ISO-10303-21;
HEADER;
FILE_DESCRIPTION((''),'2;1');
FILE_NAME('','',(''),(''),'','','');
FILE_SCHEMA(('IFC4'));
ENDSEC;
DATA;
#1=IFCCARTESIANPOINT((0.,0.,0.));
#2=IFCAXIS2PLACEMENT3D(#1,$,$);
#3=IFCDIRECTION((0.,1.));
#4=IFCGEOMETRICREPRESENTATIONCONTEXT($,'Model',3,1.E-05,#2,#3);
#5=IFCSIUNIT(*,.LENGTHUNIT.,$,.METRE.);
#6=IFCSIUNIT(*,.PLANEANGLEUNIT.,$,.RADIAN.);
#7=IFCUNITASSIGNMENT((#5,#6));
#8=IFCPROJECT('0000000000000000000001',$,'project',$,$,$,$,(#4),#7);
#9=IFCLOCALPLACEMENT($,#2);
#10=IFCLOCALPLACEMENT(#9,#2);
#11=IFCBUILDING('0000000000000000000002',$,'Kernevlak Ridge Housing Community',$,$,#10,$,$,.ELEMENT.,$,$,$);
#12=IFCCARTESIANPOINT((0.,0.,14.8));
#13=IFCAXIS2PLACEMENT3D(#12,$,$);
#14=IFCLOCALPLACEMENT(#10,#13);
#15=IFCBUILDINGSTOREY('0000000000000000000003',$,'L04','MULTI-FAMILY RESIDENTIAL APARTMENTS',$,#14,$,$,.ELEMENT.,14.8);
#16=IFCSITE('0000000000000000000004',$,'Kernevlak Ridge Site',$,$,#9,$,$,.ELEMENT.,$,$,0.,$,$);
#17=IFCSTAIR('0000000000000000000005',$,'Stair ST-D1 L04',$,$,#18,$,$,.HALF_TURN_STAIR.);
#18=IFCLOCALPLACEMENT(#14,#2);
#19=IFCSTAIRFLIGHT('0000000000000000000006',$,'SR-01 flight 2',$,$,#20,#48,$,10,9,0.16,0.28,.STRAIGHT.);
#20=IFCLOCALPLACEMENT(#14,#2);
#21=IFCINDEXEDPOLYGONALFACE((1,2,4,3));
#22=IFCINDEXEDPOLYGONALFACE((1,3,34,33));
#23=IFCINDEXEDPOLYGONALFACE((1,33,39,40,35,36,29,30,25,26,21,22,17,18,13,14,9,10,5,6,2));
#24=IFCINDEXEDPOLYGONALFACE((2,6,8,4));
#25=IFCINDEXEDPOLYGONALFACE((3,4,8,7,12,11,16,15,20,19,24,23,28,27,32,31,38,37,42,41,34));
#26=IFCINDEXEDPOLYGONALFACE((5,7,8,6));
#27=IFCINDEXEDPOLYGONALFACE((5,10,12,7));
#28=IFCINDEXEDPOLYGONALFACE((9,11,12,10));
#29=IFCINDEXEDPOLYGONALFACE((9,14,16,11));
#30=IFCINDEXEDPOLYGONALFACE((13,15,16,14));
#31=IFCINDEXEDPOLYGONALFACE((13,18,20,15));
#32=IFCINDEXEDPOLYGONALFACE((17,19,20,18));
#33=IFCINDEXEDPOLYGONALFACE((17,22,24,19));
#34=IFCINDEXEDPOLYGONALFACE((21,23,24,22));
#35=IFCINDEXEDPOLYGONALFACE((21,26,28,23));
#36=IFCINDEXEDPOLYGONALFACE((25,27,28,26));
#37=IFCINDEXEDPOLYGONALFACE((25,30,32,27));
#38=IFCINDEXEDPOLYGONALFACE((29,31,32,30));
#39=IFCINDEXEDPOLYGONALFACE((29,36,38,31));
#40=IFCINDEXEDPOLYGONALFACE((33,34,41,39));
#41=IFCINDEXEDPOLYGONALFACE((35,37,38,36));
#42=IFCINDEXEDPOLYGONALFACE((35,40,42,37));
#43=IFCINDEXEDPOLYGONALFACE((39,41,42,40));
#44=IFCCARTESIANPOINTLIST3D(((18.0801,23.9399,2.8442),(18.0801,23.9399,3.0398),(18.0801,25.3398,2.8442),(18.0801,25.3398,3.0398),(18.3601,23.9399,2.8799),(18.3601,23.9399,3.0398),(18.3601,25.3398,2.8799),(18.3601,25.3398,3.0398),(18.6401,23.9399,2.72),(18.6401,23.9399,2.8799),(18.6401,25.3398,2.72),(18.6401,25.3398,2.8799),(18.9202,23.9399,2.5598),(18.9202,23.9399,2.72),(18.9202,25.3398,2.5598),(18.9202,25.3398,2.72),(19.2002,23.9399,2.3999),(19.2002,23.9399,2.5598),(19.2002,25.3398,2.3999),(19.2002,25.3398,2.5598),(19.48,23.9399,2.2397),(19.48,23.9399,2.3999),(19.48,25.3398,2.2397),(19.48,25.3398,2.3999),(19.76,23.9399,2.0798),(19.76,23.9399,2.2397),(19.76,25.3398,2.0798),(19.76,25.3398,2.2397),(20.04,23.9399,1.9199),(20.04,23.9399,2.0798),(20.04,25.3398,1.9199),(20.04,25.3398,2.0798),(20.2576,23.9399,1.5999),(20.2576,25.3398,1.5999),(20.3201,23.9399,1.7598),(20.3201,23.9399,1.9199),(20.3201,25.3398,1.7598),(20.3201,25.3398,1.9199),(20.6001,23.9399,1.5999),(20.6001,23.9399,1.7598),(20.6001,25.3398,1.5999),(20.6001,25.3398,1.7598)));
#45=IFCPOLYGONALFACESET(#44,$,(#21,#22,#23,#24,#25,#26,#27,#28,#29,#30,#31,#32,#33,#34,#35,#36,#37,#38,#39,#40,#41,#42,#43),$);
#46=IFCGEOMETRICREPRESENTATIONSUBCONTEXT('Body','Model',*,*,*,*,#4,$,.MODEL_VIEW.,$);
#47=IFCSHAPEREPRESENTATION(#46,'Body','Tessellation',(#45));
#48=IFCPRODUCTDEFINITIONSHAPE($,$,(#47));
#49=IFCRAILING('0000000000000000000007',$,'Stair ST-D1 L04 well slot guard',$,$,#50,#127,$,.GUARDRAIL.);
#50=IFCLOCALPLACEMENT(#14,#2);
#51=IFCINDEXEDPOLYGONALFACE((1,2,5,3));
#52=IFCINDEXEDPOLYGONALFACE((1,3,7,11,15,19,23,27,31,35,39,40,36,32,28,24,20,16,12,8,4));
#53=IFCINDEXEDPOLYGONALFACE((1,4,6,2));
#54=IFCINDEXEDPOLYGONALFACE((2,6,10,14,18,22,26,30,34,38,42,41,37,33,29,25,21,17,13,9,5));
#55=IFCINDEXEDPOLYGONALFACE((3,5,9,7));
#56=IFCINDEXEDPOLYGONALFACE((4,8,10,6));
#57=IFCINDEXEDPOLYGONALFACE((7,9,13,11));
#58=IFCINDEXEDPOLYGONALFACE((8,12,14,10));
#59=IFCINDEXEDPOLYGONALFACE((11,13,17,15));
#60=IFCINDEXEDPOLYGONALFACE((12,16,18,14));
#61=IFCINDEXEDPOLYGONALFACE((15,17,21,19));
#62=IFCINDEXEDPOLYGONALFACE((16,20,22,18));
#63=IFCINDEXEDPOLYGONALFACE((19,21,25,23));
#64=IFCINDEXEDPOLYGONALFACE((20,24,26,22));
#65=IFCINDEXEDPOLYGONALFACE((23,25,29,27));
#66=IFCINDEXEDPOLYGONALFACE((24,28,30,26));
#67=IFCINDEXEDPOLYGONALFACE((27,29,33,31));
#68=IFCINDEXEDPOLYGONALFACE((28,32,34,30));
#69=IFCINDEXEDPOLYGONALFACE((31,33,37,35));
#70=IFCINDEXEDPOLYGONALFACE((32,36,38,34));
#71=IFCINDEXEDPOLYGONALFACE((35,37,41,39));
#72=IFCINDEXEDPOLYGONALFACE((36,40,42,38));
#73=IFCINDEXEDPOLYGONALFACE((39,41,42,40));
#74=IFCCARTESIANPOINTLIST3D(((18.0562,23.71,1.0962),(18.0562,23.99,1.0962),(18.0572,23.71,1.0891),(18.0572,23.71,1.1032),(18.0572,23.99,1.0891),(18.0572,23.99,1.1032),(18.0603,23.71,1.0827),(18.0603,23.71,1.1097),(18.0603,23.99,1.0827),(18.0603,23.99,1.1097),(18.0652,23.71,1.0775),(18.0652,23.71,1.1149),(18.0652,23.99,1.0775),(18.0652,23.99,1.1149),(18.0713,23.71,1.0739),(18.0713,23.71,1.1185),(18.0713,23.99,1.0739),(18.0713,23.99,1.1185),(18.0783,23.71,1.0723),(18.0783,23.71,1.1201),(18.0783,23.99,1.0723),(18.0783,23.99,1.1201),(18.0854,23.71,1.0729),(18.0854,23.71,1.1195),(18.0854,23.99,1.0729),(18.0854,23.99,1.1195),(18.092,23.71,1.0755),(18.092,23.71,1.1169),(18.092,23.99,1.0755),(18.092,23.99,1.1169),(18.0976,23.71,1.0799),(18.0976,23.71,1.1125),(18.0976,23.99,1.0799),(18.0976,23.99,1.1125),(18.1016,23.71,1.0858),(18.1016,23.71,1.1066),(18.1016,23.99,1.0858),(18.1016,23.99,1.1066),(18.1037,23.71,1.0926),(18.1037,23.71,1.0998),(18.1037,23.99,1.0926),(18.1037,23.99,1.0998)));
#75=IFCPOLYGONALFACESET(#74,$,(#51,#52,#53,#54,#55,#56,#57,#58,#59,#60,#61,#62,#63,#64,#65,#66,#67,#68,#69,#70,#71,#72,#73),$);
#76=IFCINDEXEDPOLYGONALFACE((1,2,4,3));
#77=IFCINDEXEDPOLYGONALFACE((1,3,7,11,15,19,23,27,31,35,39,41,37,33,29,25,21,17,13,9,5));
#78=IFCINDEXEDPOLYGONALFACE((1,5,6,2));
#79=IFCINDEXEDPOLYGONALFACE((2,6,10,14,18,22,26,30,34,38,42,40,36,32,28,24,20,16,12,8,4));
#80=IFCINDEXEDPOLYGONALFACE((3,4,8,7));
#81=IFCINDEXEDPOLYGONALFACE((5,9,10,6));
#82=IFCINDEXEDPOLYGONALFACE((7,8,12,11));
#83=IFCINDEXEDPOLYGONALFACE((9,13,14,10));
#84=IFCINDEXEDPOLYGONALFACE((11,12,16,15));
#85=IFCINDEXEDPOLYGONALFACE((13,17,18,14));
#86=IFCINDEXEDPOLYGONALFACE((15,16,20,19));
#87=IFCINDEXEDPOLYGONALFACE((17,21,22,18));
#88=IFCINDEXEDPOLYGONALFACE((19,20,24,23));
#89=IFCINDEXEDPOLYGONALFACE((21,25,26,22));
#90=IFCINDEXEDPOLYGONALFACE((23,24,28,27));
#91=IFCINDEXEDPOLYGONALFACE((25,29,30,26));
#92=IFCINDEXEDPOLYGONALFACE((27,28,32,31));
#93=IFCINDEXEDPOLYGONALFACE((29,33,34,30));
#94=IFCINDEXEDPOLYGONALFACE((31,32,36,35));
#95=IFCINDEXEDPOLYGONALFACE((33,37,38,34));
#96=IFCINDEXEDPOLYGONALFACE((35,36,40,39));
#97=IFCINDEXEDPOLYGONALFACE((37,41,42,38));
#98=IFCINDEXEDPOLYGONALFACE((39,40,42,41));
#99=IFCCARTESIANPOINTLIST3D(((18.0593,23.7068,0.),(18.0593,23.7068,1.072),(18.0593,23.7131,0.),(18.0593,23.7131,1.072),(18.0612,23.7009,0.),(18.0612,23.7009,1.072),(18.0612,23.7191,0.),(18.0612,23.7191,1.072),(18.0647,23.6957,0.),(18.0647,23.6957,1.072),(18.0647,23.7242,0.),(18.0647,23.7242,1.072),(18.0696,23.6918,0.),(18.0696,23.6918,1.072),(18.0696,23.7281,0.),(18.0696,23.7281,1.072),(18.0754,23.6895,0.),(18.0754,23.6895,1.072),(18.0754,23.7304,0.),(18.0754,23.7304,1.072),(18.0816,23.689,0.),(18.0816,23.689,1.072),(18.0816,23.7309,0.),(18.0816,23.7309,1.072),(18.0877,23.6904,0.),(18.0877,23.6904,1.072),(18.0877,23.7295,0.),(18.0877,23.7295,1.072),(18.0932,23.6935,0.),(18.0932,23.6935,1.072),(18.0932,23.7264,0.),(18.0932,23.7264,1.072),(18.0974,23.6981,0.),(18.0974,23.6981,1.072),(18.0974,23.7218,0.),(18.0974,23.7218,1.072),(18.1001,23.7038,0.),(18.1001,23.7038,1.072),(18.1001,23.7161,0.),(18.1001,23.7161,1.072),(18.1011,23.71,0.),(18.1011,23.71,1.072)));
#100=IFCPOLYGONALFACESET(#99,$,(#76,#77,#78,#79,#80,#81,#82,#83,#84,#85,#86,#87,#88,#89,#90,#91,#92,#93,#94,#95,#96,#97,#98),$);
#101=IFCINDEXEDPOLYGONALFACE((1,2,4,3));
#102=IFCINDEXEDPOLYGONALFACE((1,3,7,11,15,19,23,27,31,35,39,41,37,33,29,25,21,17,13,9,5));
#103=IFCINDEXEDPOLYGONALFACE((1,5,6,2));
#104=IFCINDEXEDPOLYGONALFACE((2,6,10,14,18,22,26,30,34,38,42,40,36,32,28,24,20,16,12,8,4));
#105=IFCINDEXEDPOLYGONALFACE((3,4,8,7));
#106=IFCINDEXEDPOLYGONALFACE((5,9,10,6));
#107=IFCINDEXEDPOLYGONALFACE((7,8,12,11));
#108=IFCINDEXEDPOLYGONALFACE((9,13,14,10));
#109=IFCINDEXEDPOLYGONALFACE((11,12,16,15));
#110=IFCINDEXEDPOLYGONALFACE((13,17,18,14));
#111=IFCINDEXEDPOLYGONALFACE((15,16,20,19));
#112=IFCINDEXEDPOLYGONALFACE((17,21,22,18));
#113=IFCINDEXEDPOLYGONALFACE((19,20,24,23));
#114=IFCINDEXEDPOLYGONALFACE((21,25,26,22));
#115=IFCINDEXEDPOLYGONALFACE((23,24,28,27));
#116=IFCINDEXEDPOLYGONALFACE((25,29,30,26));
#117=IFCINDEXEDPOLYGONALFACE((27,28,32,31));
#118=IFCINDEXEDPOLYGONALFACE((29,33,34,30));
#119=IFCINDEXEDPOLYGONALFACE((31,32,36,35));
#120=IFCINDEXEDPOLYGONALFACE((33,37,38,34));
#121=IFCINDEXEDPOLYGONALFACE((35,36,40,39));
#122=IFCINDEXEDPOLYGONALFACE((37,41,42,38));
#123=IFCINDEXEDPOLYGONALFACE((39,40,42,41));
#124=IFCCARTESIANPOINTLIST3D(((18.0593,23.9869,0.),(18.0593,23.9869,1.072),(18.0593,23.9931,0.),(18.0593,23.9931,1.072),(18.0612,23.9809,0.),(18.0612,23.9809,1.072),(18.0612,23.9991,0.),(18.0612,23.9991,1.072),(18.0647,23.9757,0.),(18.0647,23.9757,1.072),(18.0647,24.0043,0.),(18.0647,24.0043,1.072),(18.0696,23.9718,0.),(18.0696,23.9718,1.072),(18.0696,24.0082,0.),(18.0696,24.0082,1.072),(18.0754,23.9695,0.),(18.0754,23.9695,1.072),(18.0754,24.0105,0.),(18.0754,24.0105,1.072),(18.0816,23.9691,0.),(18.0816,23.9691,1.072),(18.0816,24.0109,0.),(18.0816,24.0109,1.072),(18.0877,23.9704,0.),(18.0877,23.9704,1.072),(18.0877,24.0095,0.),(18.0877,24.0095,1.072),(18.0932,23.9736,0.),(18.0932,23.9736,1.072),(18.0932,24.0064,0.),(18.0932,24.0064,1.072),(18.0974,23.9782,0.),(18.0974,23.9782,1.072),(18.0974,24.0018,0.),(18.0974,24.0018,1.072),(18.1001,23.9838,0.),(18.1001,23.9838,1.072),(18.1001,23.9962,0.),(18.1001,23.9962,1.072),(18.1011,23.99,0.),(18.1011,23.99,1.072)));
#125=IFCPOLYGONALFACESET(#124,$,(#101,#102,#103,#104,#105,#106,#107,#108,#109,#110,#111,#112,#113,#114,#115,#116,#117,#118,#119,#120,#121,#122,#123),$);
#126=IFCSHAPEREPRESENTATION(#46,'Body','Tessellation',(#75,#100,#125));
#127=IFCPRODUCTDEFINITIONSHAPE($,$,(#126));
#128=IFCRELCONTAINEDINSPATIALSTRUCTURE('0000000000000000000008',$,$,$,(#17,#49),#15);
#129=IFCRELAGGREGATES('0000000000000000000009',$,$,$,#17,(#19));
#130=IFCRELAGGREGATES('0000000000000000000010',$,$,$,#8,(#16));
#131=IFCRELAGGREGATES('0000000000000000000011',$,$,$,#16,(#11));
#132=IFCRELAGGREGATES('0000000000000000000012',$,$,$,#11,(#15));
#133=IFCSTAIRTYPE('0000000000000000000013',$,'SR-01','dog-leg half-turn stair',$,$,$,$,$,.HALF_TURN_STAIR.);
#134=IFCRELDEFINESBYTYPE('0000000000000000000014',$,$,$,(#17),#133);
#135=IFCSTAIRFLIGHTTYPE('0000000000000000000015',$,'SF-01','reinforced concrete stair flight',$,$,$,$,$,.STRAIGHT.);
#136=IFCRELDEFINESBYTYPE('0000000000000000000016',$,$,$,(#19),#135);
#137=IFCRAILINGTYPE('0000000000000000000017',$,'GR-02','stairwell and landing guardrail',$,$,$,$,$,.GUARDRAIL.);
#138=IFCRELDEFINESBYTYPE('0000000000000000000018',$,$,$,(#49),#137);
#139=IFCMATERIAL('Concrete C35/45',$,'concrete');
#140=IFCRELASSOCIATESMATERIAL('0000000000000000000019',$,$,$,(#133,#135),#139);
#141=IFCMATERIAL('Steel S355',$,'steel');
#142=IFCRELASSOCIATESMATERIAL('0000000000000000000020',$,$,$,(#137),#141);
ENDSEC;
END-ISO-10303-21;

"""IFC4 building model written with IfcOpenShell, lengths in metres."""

from ifc_helpers import new_model, si_unit, direction, frame, origin, origin_2d, place, context, subcontext, project, spatial, polyline, circle, outline, extrude, material, type_object, element, aggregate, save


model = new_model("IFC4")

# Units and contexts
model_context = context("Model", 3, precision=1e-05, world=origin(), true_north=direction((0.0, 1.0)))
body_context = subcontext(model_context, "Body", "Model", "MODEL_VIEW")
ifc_project = project(units=[si_unit("LENGTHUNIT", "METRE"), si_unit("PLANEANGLEUNIT", "RADIAN")], contexts=[model_context])

# Site, building, storey
site_placement = place(None, origin())
site = spatial("IfcSite", under=ifc_project, at=site_placement, Name="Kernevlak Ridge Site", CompositionType="ELEMENT", RefElevation=0.0)
building_placement = place(site_placement, origin())
building = spatial("IfcBuilding", under=site, at=building_placement, Name="Kernevlak Ridge Housing Community", CompositionType="ELEMENT")
storey_placement = place(building_placement, frame((0.0, 0.0, 14.8)))
storey = spatial("IfcBuildingStorey", under=building, at=storey_placement, Name="L04", Description="MULTI-FAMILY RESIDENTIAL APARTMENTS", CompositionType="ELEMENT", Elevation=14.8)

# Shared definitions
ifc_material_1 = material(Name="Concrete C35/45", Category="concrete")

# Stair, stair flight
stair_type = type_object("IfcStairType", Name="SR-01", Description="dog-leg half-turn stair", PredefinedType="HALF_TURN_STAIR", material=ifc_material_1)
stair_placement = place(storey_placement, origin())
stair = element("IfcStair", 1, at=stair_placement, inside=storey, type_object=stair_type, Name="Stair ST-D1 L04", PredefinedType="HALF_TURN_STAIR")
stair_flight_type = type_object("IfcStairFlightType", Name="SF-01", Description="reinforced concrete stair flight", PredefinedType="STRAIGHT", material=ifc_material_1)
stair_flight_1_placement = place(storey_placement, frame((20.6001, 24.6399, 1.5999), z_axis=(0.0, 0.0, 1.0), x_axis=(-1.0, 0.0, 0.0)))
stair_flight_1 = element("IfcStairFlight", 2, at=stair_flight_1_placement, type_object=stair_flight_type, Name="SR-01 flight 2", NumberOfRisers=10, NumberOfTreads=9, PredefinedType="STRAIGHT", RiserHeight=0.16, TreadLength=0.28, context=body_context, shape_type="SweptSolid", body=[
    extrude(outline(polyline([(0.0, 0.0), (0.0, 0.1599), (0.28, 0.1599), (0.28, 0.3201), (0.5601, 0.3201), (0.5601, 0.48), (0.8401, 0.48), (0.8401, 0.6399), (1.1201, 0.6399), (1.1201, 0.8), (1.3999, 0.8), (1.3999, 0.96), (1.6799, 0.96), (1.6799, 1.1201), (1.96, 1.1201), (1.96, 1.28), (2.24, 1.28), (2.24, 1.4399), (2.52, 1.4399), (2.52, 1.6001), (2.52, 1.2444), (0.3425, 0.0), (0.0, 0.0)])), frame((0.0, 0.7, 0.0), z_axis=(0.0, -1.0, 0.0), x_axis=(1.0, 0.0, 0.0)), (0.0, 0.0, 1.0), 1.3999),
])
aggregate(stair, [stair_flight_1])

# Railing
ifc_material_2 = material(Name="Steel S355", Category="steel")
railing_type_1 = type_object("IfcRailingType", Name="GR-02", Description="stairwell and landing guardrail", PredefinedType="GUARDRAIL", material=ifc_material_2)
railing_1_placement = place(storey_placement, frame((18.0801, 23.71, 0.0)))
element("IfcRailing", 3, at=railing_1_placement, inside=storey, type_object=railing_type_1, Name="Stair ST-D1 L04 well slot guard", PredefinedType="GUARDRAIL", context=body_context, shape_type="SweptSolid", body=[
    extrude(circle(Radius=0.0239, at=origin_2d()), frame((0.0, 0.0, 1.0962), z_axis=(0.0, 1.0, 0.0), x_axis=(-1.0, 0.0, 0.0)), (0.0, 0.0, 1.0), 0.28),
    extrude(circle(Radius=0.021, at=origin_2d()), origin(), (0.0, 0.0, 1.0), 1.072),
    extrude(circle(Radius=0.021, at=origin_2d()), frame((0.0, 0.28, 0.0)), (0.0, 0.0, 1.0), 1.072),
])

save(model, "model.ifc")
